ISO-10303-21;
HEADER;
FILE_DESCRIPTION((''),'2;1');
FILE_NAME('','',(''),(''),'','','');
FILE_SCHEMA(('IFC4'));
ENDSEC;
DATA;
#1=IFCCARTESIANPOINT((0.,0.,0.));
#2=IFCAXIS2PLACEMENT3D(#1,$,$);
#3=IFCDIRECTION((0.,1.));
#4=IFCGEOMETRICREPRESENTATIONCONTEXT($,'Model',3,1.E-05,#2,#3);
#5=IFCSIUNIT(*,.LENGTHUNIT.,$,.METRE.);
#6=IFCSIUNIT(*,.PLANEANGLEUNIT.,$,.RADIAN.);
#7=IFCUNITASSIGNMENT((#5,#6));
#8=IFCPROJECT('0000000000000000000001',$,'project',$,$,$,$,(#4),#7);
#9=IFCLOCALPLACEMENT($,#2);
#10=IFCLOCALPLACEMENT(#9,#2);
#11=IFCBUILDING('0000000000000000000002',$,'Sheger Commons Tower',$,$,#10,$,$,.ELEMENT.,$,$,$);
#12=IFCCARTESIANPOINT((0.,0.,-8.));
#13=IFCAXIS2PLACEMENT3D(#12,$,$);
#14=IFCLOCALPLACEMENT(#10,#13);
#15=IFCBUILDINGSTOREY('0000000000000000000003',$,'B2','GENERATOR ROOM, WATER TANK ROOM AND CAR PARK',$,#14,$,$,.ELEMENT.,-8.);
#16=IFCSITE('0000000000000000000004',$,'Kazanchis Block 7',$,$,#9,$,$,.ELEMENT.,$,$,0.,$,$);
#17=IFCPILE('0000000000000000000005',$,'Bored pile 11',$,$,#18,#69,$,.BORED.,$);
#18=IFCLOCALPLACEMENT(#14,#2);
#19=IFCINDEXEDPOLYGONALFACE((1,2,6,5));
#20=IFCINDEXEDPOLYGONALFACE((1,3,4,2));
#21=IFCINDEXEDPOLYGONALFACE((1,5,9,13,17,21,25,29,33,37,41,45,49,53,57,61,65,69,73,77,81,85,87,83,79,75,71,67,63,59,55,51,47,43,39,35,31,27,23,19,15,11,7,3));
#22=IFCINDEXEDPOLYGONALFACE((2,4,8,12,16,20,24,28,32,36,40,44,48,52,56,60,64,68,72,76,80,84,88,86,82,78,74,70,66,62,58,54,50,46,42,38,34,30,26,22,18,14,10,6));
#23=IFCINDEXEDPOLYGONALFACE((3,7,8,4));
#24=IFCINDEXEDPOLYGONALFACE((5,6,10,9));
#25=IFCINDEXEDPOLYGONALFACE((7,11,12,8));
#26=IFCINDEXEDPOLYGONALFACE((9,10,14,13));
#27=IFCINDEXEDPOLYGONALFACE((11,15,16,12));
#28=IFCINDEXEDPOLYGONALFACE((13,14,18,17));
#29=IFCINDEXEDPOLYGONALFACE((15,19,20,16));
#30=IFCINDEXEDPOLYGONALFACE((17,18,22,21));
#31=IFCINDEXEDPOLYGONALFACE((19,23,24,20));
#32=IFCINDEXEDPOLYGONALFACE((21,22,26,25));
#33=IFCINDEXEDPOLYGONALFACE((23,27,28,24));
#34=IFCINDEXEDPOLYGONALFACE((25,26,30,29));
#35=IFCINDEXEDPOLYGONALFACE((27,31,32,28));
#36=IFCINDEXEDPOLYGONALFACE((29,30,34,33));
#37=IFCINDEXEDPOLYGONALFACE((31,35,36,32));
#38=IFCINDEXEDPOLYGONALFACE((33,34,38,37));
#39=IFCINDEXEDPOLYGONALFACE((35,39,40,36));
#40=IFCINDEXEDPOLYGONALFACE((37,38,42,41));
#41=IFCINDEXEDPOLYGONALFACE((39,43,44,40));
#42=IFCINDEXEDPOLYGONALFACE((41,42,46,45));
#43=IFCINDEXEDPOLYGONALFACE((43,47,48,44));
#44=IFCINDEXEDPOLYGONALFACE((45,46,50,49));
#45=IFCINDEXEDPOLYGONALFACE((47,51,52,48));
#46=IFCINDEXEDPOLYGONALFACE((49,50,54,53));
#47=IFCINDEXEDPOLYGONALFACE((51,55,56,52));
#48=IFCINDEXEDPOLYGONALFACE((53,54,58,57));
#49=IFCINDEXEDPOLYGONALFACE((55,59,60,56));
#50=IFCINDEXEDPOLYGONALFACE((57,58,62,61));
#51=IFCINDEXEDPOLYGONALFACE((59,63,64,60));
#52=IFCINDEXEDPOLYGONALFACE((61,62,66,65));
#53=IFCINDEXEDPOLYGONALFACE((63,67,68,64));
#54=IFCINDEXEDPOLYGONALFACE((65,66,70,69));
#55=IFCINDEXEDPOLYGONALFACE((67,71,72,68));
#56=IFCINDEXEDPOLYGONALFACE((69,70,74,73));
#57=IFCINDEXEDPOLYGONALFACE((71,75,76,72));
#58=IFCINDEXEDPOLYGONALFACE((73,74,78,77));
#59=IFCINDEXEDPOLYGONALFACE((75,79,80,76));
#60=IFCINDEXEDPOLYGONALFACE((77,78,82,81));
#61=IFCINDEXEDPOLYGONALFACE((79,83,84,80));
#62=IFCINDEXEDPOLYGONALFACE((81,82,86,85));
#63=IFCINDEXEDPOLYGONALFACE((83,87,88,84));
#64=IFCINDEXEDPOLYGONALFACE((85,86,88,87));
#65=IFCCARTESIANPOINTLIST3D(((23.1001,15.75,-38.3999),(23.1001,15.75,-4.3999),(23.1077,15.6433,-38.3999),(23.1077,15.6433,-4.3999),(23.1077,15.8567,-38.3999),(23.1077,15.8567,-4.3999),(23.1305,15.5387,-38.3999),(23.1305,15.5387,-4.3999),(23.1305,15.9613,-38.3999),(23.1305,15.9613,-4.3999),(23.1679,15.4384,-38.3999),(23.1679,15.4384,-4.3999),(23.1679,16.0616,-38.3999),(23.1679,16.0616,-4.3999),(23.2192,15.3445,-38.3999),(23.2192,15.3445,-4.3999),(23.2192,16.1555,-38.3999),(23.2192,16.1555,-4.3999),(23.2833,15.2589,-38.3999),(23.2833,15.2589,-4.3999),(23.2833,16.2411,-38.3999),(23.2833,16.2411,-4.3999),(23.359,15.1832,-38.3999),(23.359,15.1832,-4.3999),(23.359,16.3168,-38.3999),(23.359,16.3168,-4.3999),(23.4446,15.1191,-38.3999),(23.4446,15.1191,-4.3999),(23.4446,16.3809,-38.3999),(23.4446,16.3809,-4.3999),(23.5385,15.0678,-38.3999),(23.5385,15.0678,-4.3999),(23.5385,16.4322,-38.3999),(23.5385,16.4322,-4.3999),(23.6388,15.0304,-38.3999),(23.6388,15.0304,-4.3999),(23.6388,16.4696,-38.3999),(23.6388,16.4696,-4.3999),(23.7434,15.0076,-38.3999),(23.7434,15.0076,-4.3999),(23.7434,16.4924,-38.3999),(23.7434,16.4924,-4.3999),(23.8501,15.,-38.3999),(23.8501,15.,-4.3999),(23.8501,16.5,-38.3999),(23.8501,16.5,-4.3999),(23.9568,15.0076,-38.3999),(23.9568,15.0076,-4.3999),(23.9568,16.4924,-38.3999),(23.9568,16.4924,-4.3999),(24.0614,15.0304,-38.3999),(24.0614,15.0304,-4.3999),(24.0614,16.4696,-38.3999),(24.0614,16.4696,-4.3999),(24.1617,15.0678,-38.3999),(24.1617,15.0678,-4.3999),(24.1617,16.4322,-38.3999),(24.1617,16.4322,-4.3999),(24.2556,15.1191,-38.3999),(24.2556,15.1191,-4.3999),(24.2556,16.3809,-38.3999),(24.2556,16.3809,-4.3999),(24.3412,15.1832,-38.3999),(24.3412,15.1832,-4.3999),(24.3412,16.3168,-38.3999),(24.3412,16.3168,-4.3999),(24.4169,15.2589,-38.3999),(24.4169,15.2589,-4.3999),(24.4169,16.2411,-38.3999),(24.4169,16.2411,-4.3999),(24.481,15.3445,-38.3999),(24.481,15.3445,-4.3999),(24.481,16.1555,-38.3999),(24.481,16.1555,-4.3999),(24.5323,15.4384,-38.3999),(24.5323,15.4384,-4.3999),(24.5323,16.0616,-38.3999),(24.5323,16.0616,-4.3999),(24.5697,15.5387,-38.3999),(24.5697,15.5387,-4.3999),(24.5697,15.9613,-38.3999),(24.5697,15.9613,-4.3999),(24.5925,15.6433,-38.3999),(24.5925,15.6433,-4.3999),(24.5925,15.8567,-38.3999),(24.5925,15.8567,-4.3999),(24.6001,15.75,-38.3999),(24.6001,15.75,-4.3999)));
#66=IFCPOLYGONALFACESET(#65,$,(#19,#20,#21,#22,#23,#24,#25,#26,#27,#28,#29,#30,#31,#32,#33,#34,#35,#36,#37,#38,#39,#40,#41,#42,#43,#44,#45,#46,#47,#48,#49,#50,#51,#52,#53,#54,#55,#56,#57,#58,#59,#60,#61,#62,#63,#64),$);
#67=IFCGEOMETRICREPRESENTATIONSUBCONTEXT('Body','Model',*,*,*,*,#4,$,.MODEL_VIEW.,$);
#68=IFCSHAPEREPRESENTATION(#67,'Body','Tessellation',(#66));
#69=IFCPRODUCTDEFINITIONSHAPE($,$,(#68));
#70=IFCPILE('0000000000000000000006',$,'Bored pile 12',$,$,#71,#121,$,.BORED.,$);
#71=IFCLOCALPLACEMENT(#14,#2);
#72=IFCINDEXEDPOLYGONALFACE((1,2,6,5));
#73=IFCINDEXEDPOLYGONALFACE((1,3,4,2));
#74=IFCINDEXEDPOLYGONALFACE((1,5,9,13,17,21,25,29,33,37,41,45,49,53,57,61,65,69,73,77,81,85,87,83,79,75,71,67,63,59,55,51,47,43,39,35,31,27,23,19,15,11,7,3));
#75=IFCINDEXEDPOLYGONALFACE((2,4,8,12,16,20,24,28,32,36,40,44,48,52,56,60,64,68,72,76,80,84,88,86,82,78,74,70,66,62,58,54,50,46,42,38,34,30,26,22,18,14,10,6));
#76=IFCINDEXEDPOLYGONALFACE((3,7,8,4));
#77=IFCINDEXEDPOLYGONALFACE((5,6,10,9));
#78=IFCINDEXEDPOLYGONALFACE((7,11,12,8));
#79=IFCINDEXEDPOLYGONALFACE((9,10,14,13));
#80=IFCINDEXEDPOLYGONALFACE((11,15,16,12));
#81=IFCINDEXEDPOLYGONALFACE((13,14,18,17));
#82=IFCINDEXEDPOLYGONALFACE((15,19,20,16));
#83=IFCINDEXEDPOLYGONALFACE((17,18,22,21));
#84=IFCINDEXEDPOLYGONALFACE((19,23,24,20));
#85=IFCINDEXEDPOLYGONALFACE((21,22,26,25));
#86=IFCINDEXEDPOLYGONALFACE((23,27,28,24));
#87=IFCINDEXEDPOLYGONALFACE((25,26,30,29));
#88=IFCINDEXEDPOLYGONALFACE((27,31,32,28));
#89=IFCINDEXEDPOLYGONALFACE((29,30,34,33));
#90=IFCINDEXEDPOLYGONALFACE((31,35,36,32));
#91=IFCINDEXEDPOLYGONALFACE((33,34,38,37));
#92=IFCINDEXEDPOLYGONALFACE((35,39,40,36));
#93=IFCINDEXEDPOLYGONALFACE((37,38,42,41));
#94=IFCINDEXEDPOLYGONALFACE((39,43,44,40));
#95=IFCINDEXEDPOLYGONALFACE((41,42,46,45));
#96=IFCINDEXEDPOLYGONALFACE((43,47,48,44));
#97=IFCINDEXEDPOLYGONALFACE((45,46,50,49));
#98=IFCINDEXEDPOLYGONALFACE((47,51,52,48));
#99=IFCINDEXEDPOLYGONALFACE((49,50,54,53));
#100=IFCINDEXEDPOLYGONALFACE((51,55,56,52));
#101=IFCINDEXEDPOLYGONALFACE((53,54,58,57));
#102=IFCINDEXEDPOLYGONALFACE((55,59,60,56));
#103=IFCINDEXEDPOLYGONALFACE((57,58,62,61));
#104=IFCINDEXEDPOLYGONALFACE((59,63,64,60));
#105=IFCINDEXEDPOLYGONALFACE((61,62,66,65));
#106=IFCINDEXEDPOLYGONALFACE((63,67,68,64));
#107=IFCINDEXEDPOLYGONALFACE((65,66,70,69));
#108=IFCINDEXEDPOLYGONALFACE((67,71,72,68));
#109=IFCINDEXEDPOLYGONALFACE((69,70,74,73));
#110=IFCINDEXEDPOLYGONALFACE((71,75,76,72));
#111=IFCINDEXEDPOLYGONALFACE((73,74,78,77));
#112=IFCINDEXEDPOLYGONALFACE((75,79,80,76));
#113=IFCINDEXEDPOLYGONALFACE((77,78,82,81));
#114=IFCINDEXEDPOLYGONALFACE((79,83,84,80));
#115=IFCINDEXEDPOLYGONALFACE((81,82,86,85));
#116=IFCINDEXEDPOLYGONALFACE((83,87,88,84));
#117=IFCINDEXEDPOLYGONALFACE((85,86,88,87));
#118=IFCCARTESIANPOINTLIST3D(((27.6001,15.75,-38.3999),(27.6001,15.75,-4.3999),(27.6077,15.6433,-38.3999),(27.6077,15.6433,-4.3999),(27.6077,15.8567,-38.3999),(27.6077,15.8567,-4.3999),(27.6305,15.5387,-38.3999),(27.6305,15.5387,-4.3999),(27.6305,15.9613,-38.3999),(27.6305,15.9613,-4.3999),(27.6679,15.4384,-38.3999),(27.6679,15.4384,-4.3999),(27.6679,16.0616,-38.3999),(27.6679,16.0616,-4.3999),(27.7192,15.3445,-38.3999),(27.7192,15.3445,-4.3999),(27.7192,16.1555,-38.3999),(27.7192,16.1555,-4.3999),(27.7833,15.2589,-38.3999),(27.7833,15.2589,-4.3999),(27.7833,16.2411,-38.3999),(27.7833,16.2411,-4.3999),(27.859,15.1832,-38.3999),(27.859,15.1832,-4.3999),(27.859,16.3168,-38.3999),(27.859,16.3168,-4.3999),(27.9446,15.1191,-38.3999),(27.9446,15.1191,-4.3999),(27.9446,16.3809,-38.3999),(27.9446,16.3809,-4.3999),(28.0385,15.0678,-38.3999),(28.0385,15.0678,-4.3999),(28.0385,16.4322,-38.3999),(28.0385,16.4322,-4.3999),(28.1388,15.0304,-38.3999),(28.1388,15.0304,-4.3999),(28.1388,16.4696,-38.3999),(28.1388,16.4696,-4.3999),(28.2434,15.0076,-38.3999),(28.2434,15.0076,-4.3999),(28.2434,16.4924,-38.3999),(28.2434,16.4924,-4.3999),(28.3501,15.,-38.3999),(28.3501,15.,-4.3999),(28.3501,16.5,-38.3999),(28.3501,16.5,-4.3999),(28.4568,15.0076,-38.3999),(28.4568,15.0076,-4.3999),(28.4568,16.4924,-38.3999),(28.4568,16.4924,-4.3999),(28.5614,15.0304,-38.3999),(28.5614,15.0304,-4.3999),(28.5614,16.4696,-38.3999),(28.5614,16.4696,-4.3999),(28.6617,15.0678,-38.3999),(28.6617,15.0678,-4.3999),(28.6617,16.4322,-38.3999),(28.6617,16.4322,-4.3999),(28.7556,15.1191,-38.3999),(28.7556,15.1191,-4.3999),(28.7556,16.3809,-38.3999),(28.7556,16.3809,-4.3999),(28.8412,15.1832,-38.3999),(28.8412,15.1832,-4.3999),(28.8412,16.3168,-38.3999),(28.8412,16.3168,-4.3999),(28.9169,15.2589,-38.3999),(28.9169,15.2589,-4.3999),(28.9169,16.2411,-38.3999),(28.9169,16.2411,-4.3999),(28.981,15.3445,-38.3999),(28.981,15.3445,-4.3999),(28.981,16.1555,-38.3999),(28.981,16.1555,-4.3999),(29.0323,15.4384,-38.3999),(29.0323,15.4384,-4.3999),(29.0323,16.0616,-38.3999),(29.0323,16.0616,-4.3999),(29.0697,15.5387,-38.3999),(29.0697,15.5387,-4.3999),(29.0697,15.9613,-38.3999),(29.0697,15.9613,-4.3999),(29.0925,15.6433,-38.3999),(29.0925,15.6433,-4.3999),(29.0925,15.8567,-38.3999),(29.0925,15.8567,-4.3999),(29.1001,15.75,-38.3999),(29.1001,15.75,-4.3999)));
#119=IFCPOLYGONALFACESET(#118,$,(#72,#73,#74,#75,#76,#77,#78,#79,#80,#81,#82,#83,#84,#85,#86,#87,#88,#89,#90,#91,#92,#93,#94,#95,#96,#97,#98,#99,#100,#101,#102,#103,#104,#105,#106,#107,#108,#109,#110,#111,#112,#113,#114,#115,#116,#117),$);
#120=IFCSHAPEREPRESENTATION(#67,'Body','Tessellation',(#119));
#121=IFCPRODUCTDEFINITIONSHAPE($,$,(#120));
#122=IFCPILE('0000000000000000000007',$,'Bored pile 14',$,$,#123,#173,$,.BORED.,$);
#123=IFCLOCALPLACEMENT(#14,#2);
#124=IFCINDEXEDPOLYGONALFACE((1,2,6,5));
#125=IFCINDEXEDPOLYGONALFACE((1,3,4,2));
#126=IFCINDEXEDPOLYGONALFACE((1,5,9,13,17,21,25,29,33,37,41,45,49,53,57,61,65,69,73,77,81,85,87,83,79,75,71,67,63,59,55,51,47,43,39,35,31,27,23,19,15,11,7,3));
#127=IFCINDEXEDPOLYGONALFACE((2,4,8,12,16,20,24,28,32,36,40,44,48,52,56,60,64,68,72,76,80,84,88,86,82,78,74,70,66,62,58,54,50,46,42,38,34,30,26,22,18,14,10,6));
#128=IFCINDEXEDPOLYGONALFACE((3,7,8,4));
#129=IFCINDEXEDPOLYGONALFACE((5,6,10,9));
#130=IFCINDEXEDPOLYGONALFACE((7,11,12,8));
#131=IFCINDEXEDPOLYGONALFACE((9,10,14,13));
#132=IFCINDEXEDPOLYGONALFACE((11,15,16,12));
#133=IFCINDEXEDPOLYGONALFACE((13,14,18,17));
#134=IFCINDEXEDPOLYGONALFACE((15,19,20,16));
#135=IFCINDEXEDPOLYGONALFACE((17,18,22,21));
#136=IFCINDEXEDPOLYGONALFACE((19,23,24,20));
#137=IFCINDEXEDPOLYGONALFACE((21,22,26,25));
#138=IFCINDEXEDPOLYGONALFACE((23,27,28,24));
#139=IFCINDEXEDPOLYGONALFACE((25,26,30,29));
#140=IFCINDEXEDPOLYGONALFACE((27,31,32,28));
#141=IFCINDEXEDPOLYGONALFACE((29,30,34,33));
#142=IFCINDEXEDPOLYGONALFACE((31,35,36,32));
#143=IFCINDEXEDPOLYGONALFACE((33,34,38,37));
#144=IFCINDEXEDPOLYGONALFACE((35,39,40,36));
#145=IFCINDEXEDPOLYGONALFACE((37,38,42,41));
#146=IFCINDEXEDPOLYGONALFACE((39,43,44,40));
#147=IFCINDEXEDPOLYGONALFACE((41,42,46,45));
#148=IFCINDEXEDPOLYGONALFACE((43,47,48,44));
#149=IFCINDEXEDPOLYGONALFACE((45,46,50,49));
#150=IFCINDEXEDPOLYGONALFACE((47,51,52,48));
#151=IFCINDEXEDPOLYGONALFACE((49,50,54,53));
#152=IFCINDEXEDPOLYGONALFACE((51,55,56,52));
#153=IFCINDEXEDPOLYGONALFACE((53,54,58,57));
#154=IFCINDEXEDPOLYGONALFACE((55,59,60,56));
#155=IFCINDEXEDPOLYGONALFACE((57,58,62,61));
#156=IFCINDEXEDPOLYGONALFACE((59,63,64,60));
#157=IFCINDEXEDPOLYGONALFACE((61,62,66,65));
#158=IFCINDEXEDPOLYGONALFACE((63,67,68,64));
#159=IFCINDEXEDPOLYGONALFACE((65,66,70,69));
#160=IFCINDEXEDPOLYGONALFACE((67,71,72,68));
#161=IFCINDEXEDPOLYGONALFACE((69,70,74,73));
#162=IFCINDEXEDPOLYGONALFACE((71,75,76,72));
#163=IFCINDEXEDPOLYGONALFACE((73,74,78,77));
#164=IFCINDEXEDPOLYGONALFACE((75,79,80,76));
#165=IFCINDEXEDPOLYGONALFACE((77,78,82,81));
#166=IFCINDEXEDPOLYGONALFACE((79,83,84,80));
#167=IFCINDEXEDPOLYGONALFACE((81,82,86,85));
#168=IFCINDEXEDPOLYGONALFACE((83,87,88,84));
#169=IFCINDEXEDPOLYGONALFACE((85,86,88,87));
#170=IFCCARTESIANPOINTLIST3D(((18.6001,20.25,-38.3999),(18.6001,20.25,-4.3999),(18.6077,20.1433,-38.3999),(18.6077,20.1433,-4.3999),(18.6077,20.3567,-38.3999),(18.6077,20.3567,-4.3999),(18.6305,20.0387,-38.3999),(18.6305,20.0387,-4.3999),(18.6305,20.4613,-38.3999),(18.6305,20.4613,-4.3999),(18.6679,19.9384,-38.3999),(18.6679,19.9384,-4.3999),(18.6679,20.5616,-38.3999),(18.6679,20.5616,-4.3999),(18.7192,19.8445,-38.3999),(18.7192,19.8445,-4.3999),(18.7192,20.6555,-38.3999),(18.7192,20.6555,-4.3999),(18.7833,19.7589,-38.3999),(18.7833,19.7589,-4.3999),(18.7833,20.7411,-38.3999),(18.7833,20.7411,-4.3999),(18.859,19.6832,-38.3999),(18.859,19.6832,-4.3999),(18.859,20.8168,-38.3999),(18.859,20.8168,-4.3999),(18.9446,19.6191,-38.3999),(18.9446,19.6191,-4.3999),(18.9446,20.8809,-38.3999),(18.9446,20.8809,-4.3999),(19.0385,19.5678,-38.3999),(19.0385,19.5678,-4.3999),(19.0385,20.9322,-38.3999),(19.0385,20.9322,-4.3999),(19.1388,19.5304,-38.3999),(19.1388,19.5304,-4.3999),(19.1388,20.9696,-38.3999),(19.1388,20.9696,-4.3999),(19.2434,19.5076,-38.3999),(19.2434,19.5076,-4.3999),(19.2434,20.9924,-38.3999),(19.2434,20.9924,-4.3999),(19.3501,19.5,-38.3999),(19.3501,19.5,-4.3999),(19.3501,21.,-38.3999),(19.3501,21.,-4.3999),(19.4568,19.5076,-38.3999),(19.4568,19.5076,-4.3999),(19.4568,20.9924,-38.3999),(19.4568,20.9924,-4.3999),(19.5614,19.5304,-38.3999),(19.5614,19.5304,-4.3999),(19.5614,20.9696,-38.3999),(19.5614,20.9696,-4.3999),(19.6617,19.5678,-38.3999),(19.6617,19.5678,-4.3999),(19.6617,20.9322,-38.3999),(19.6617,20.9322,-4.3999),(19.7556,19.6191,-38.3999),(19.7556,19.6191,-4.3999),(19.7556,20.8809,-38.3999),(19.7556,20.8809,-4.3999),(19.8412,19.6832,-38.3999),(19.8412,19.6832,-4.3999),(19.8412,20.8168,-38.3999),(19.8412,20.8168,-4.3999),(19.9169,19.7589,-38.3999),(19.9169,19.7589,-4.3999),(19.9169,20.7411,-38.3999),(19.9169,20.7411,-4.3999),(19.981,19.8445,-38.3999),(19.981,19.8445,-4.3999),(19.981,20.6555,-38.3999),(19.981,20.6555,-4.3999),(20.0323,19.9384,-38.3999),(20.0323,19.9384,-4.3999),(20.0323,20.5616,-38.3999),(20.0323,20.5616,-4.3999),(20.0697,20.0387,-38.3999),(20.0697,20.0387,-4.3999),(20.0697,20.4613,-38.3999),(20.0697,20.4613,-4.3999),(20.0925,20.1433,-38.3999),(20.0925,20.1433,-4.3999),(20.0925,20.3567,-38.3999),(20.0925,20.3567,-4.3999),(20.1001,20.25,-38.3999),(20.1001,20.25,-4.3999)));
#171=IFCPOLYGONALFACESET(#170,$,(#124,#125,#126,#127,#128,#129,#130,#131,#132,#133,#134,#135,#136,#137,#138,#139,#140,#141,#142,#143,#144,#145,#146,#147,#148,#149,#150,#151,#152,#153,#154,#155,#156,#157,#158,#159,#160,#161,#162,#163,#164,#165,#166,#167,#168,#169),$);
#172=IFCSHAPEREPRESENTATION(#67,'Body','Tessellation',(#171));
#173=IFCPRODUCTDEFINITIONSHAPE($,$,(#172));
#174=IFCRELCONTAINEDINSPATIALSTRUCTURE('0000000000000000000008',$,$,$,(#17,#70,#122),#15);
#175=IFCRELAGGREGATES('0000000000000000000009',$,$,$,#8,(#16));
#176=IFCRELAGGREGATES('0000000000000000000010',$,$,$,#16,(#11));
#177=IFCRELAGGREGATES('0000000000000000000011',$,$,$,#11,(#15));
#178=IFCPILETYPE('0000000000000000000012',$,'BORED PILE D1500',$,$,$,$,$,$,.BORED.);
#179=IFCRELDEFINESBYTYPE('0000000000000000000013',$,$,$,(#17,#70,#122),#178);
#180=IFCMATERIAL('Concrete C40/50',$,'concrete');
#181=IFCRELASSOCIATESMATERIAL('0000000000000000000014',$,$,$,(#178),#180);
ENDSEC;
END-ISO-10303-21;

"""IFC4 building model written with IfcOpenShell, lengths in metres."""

from ifc_helpers import new_model, si_unit, direction, frame, origin, origin_2d, place, context, subcontext, project, spatial, circle, extrude, material, material_profile, profile_set, type_object, element, save


model = new_model("IFC4")

# Units and contexts
model_context = context("Model", 3, precision=1e-05, world=origin(), true_north=direction((0.0, 1.0)))
body_context = subcontext(model_context, "Body", "Model", "MODEL_VIEW")
ifc_project = project(units=[si_unit("LENGTHUNIT", "METRE"), si_unit("PLANEANGLEUNIT", "RADIAN")], contexts=[model_context])

# Site, building, storey
site_placement = place(None, origin())
site = spatial("IfcSite", under=ifc_project, at=site_placement, Name="Kazanchis Block 7", CompositionType="ELEMENT", RefElevation=0.0)
building_placement = place(site_placement, origin())
building = spatial("IfcBuilding", under=site, at=building_placement, Name="Sheger Commons Tower", CompositionType="ELEMENT")
storey_placement = place(building_placement, frame((0.0, 0.0, -8.0)))
storey = spatial("IfcBuildingStorey", under=building, at=storey_placement, Name="B2", Description="GENERATOR ROOM, WATER TANK ROOM AND CAR PARK", CompositionType="ELEMENT", Elevation=-8.0)

# Piles
ifc_material_1 = material(Name="Concrete C40/50", Category="concrete")
ifc_material_profile_1 = material_profile(ifc_material_1, circle(Radius=0.75, at=origin_2d()), Name="PILE D1500")
ifc_profile_set_1 = profile_set([ifc_material_profile_1], Name="Concrete C40/50")
pile_type_1 = type_object("IfcPileType", Name="BORED PILE D1500", PredefinedType="BORED", material=ifc_profile_set_1)
for number, where, z_axis, x_axis, name in (
    (1, (23.8501, 15.75, -4.3999), (0.0, 0.0, -1.0), (1.0, 0.0, 0.0), "Bored pile 11"),
    (2, (28.3501, 15.75, -4.3999), (0.0, 0.0, -1.0), (1.0, 0.0, 0.0), "Bored pile 12"),
    (3, (19.3501, 20.25, -4.3999), (0.0, 0.0, -1.0), (1.0, 0.0, 0.0), "Bored pile 14"),
):
    element("IfcPile", number, at=place(storey_placement, frame(where, z_axis=z_axis, x_axis=x_axis)), inside=storey, type_object=pile_type_1, Name=name, PredefinedType="BORED", context=body_context, shape_type="SweptSolid", body=[
        extrude(circle(Radius=0.75, at=origin_2d()), origin(), (0.0, 0.0, 1.0), 34.0),
    ])

save(model, "model.ifc")
